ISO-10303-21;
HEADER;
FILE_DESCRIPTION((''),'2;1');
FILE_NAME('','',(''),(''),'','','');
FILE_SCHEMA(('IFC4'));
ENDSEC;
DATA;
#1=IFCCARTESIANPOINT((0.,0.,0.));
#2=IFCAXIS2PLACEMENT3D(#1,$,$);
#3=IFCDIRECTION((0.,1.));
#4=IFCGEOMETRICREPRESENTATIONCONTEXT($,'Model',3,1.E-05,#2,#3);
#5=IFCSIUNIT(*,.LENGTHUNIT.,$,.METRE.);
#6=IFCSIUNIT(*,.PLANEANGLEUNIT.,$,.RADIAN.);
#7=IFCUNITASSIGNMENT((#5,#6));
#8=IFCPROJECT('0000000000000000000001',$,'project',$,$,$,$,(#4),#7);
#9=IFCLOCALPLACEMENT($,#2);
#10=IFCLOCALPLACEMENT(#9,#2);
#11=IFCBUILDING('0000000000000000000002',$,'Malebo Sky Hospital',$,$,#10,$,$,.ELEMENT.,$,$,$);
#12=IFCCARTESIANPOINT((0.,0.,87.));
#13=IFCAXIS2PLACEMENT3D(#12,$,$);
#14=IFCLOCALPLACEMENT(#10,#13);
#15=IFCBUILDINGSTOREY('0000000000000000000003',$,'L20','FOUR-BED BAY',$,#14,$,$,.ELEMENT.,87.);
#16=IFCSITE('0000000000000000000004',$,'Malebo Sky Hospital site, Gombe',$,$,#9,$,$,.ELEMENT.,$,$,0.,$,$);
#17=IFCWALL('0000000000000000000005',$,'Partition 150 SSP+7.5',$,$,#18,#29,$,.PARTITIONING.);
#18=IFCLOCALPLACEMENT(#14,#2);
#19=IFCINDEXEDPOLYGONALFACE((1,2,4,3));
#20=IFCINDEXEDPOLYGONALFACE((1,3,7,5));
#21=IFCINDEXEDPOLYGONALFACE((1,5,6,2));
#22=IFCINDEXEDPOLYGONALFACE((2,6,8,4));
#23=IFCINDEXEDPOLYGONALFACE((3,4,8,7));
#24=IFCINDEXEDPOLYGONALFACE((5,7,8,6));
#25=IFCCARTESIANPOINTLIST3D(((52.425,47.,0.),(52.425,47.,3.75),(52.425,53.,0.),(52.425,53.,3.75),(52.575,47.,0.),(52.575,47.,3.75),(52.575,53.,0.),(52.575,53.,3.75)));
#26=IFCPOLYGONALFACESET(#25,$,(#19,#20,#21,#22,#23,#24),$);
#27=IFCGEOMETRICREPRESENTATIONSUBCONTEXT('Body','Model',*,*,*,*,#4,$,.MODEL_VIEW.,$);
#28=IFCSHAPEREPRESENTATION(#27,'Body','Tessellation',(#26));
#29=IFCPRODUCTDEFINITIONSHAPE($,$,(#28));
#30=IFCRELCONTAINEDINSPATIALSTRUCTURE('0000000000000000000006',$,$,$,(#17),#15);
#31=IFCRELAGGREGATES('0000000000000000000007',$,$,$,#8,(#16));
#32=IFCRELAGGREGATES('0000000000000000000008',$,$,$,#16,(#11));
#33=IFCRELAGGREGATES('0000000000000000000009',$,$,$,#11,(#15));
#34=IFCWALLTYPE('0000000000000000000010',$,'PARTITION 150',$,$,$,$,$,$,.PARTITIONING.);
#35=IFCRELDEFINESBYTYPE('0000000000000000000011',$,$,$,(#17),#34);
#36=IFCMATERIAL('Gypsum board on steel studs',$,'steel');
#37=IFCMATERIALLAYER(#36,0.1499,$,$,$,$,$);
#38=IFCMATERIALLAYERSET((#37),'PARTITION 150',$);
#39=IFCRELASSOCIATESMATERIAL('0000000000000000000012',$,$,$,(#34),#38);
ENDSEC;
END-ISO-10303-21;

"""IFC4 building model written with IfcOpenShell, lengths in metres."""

from ifc_helpers import new_model, si_unit, direction, frame, frame_2d, origin, place, context, subcontext, project, spatial, rectangle, extrude, material, layer, layer_set, type_object, element, save


model = new_model("IFC4")

# Units and contexts
model_context = context("Model", 3, precision=1e-05, world=origin(), true_north=direction((0.0, 1.0)))
body_context = subcontext(model_context, "Body", "Model", "MODEL_VIEW")
ifc_project = project(units=[si_unit("LENGTHUNIT", "METRE"), si_unit("PLANEANGLEUNIT", "RADIAN")], contexts=[model_context])

# Site, building, storey
site_placement = place(None, origin())
site = spatial("IfcSite", under=ifc_project, at=site_placement, Name="Malebo Sky Hospital site, Gombe", CompositionType="ELEMENT", RefElevation=0.0)
building_placement = place(site_placement, origin())
building = spatial("IfcBuilding", under=site, at=building_placement, Name="Malebo Sky Hospital", CompositionType="ELEMENT")
storey_placement = place(building_placement, frame((0.0, 0.0, 87.0)))
storey = spatial("IfcBuildingStorey", under=building, at=storey_placement, Name="L20", Description="FOUR-BED BAY", CompositionType="ELEMENT", Elevation=87.0)

# Shared definitions
ifc_material_1 = material(Name="Gypsum board on steel studs", Category="steel")

# Wall
ifc_layer_1 = layer(ifc_material_1, 0.1499)
ifc_layer_set_1 = layer_set([ifc_layer_1], Name="PARTITION 150")
wall_type_1 = type_object("IfcWallType", Name="PARTITION 150", PredefinedType="PARTITIONING", material=ifc_layer_set_1)
for number, where, z_axis, x_axis, name in (
    (1, (52.5, 53.0, 0.0), (0.0, 0.0, 1.0), (0.0, -1.0, 0.0), "Partition 150 SSP+7.5"),
):
    element("IfcWall", number, at=place(storey_placement, frame(where, z_axis=z_axis, x_axis=x_axis)), inside=storey, type_object=wall_type_1, Name=name, PredefinedType="PARTITIONING", context=body_context, shape_type="SweptSolid", body=[
        extrude(rectangle(XDim=6.0, YDim=0.1499, at=frame_2d((3.0, 0.0))), origin(), (0.0, 0.0, 1.0), 3.75),
    ])

save(model, "model.ifc")
